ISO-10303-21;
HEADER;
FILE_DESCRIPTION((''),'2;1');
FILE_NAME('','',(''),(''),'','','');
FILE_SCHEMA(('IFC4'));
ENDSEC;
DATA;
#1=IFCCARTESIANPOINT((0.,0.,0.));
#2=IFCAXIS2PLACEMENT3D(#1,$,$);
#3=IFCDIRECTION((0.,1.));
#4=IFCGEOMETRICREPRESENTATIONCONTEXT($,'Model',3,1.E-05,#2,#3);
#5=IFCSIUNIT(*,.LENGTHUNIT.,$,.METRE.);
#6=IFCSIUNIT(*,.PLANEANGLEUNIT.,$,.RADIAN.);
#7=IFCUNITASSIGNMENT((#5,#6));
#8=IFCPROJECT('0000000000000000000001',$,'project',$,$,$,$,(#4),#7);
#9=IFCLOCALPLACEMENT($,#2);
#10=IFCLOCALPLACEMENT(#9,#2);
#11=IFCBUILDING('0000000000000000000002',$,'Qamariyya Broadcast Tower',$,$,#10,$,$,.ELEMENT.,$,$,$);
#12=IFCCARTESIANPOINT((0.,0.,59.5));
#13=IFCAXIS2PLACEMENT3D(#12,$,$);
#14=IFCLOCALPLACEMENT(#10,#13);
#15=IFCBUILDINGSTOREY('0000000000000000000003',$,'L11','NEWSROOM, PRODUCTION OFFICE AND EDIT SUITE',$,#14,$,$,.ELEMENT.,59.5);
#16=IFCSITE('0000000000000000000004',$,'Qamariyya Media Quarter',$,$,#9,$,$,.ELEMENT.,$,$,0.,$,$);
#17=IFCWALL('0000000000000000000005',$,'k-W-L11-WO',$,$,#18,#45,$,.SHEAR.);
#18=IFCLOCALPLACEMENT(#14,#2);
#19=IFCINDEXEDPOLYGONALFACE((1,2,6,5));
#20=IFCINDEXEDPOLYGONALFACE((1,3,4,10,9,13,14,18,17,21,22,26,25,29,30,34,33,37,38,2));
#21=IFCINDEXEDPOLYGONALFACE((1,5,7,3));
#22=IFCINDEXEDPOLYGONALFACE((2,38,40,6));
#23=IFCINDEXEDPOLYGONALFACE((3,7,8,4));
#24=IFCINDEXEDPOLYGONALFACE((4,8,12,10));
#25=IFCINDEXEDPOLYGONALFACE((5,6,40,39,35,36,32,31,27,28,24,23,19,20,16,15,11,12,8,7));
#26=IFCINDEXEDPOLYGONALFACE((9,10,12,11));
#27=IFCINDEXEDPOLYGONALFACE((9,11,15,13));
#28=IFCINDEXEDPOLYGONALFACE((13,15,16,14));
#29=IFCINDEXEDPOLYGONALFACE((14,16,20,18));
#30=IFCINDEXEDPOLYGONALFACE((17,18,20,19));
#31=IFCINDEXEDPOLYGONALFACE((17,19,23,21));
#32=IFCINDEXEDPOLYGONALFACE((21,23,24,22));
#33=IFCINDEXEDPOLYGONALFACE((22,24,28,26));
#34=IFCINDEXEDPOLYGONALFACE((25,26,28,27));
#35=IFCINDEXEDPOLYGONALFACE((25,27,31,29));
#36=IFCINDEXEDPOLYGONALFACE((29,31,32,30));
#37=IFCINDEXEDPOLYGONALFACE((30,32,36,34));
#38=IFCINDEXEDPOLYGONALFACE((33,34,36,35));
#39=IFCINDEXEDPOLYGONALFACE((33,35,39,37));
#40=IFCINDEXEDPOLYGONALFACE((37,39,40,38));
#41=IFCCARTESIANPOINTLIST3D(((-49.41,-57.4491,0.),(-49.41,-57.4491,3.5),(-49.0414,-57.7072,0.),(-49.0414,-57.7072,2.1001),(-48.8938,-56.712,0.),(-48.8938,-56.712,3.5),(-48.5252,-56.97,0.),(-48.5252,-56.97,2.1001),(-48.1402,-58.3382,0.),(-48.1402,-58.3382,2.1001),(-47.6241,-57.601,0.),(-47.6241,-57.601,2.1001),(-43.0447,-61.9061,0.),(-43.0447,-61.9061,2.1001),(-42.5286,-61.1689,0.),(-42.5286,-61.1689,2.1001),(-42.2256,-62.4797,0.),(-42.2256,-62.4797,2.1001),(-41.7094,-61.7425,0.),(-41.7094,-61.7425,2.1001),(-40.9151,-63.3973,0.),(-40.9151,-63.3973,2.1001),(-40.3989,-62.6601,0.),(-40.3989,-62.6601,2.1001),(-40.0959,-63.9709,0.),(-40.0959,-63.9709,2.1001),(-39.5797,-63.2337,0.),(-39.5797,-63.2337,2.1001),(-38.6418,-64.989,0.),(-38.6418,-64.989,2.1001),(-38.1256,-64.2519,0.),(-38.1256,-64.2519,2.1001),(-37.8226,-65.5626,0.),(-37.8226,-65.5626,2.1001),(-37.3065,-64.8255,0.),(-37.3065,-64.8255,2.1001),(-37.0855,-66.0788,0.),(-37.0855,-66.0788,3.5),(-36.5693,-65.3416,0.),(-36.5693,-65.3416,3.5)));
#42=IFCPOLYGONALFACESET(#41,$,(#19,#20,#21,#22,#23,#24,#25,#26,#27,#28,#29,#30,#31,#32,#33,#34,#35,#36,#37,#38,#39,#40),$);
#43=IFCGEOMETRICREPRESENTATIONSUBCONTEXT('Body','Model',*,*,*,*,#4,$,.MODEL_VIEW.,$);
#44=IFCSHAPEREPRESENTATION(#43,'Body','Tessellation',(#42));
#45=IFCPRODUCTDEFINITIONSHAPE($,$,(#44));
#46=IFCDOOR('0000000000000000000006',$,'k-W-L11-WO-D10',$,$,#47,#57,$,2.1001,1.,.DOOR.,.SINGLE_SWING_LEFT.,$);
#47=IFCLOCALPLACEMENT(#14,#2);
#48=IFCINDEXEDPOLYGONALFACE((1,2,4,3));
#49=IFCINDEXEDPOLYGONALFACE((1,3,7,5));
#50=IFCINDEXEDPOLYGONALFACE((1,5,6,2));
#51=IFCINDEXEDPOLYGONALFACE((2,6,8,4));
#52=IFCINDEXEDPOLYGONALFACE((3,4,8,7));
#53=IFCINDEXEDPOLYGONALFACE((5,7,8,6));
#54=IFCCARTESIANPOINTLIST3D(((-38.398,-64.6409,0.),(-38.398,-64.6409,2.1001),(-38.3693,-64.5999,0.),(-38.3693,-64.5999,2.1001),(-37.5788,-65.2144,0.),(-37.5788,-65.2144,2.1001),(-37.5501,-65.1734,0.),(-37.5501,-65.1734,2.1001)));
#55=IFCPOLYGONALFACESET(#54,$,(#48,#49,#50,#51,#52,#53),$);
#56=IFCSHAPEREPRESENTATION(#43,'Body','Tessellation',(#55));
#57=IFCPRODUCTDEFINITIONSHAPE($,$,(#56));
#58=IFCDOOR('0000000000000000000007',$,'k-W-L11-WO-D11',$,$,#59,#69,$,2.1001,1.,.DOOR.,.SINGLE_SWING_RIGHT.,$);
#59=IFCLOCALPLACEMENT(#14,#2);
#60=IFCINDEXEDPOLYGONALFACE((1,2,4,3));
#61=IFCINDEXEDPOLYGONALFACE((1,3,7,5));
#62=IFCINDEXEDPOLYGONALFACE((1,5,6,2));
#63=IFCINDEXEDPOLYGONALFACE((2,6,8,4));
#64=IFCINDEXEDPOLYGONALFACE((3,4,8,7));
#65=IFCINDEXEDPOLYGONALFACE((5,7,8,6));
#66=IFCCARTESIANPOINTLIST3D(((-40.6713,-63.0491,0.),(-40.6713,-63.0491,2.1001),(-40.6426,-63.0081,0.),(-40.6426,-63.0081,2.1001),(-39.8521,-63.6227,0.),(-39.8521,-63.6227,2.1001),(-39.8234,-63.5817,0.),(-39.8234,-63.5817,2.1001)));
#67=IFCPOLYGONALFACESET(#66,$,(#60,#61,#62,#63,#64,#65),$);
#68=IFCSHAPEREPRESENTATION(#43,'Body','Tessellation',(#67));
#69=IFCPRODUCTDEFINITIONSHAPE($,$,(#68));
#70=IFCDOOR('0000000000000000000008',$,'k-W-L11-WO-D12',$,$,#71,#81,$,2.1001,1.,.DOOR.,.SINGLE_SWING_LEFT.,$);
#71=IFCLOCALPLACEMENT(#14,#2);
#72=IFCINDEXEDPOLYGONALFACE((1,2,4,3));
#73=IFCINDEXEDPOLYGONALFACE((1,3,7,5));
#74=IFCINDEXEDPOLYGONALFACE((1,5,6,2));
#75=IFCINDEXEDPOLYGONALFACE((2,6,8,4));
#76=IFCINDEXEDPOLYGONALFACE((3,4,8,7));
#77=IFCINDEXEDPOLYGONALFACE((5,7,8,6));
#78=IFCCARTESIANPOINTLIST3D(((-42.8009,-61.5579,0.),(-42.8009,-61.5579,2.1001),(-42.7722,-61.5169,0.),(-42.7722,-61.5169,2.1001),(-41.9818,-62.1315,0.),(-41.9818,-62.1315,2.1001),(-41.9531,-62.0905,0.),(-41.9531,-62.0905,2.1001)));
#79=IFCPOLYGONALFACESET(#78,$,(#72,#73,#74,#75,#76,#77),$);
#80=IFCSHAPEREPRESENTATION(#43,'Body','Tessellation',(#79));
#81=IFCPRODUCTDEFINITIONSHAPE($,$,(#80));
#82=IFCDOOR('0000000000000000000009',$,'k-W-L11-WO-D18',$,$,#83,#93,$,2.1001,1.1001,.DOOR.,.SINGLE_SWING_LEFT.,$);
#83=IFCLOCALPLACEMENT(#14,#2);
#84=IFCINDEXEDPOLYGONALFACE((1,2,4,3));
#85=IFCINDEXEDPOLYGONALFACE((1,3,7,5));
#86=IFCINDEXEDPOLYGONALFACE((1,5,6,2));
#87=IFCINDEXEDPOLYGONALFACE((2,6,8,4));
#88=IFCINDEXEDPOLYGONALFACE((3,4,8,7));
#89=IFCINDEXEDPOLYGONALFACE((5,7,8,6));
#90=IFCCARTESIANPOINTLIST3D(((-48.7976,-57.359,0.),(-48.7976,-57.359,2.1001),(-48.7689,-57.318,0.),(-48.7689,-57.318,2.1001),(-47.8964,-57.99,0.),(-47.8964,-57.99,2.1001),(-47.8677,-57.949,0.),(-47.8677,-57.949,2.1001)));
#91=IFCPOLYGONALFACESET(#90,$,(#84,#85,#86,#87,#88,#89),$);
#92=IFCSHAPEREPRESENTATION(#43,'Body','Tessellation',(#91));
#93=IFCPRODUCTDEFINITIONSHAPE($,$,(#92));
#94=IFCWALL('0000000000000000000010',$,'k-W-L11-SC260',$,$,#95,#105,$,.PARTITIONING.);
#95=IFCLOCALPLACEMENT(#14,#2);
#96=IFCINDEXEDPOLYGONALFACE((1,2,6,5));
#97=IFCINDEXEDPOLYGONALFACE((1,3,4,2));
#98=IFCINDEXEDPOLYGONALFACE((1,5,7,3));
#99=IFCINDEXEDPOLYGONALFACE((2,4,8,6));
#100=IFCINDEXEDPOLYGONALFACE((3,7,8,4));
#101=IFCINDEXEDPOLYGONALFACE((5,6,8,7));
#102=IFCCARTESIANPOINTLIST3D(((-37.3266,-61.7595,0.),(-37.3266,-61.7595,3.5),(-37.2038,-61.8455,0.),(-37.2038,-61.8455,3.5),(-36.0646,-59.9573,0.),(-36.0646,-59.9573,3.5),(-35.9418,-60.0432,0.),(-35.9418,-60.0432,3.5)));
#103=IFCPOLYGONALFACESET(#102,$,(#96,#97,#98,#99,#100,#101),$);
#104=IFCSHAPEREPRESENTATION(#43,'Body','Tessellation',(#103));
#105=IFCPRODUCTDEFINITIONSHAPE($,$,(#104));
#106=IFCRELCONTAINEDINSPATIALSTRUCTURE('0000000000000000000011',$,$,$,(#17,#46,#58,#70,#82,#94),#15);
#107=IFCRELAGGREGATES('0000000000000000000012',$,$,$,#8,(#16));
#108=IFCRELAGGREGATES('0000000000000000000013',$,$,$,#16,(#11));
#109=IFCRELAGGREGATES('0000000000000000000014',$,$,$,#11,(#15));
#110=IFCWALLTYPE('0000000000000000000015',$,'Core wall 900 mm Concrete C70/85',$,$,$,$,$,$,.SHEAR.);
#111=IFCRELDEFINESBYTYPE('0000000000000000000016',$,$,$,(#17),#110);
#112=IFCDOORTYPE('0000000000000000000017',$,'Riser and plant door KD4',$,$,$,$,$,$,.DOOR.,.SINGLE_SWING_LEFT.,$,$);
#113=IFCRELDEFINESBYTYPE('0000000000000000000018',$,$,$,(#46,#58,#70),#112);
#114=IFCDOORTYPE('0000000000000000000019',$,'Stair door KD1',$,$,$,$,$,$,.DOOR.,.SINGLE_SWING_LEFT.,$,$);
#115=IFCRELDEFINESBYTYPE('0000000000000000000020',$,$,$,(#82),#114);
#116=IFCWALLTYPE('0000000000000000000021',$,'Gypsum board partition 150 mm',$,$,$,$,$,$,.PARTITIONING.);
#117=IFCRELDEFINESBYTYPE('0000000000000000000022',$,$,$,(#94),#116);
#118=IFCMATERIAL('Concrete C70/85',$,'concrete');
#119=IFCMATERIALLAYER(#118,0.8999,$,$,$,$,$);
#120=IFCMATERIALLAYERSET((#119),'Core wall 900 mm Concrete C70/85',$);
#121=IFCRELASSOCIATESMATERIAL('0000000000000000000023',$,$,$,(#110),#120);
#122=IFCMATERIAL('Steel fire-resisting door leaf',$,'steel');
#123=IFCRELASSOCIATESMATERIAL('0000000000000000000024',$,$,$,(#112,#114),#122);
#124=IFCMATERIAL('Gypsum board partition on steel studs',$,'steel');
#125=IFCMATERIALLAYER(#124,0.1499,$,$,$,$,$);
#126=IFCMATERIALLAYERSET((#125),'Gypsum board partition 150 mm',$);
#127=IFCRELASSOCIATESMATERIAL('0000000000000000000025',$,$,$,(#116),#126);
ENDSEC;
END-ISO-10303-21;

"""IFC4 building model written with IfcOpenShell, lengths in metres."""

from ifc_helpers import new_model, si_unit, direction, frame, frame_2d, origin, place, context, subcontext, project, spatial, rectangle, extrude, material, layer, layer_set, type_object, element, fill, save


model = new_model("IFC4")

# Units and contexts
model_context = context("Model", 3, precision=1e-05, world=origin(), true_north=direction((0.0, 1.0)))
body_context = subcontext(model_context, "Body", "Model", "MODEL_VIEW")
ifc_project = project(units=[si_unit("LENGTHUNIT", "METRE"), si_unit("PLANEANGLEUNIT", "RADIAN")], contexts=[model_context])

# Site, building, storey
site_placement = place(None, origin())
site = spatial("IfcSite", under=ifc_project, at=site_placement, Name="Qamariyya Media Quarter", CompositionType="ELEMENT", RefElevation=0.0)
building_placement = place(site_placement, origin())
building = spatial("IfcBuilding", under=site, at=building_placement, Name="Qamariyya Broadcast Tower", CompositionType="ELEMENT")
storey_placement = place(building_placement, frame((0.0, 0.0, 59.5)))
storey = spatial("IfcBuildingStorey", under=building, at=storey_placement, Name="L11", Description="NEWSROOM, PRODUCTION OFFICE AND EDIT SUITE", CompositionType="ELEMENT", Elevation=59.5)

# Shared definitions
ifc_material_1 = material(Name="Concrete C70/85", Category="concrete")

# Shared definitions
ifc_layer_1 = layer(ifc_material_1, 0.8999)
ifc_layer_set_1 = layer_set([ifc_layer_1], Name="Core wall 900 mm Concrete C70/85")
wall_type_1 = type_object("IfcWallType", Name="Core wall 900 mm Concrete C70/85", PredefinedType="SHEAR", material=ifc_layer_set_1)
ifc_material_2 = material(Name="Steel fire-resisting door leaf", Category="steel")

# Wall, openings, doors
wall_1_placement = place(storey_placement, frame((-36.8274, -65.7102, 0.0), z_axis=(0.0, 0.0, 1.0), x_axis=(-0.819153, 0.573575, 0.0)))
wall_1 = element("IfcWall", 1, at=wall_1_placement, inside=storey, type_object=wall_type_1, Name="k-W-L11-WO", PredefinedType="SHEAR", context=body_context, shape_type="SweptSolid", body=[
    extrude(rectangle(XDim=15.0454, YDim=0.8999, at=frame_2d((7.5227, 0.0))), origin(), (0.0, 0.0, 1.0), 3.5),
])
opening_1_placement = place(wall_1_placement, frame((0.8999, 0.0, 0.0)))
opening_1 = element("IfcOpeningElement", 2, at=opening_1_placement, cuts=wall_1, PredefinedType="OPENING", context=body_context, shape_type="SweptSolid", body=[
    extrude(rectangle(XDim=1.0, YDim=2.1001, at=frame_2d((0.5, 1.05))), frame((0.0, 0.46, 0.0), z_axis=(0.0, -1.0, 0.0), x_axis=(1.0, 0.0, 0.0)), (0.0, 0.0, 1.0), 0.9199),
])
opening_2_placement = place(wall_1_placement, frame((3.675, 0.0, 0.0)))
opening_2 = element("IfcOpeningElement", 3, at=opening_2_placement, cuts=wall_1, PredefinedType="OPENING", context=body_context, shape_type="SweptSolid", body=[
    extrude(rectangle(XDim=1.0, YDim=2.1001, at=frame_2d((0.5, 1.05))), frame((0.0, 0.46, 0.0), z_axis=(0.0, -1.0, 0.0), x_axis=(1.0, 0.0, 0.0)), (0.0, 0.0, 1.0), 0.9199),
])
opening_3_placement = place(wall_1_placement, frame((6.2749, 0.0, 0.0)))
opening_3 = element("IfcOpeningElement", 4, at=opening_3_placement, cuts=wall_1, PredefinedType="OPENING", context=body_context, shape_type="SweptSolid", body=[
    extrude(rectangle(XDim=1.0, YDim=2.1001, at=frame_2d((0.5, 1.05))), frame((0.0, 0.46, 0.0), z_axis=(0.0, -1.0, 0.0), x_axis=(1.0, 0.0, 0.0)), (0.0, 0.0, 1.0), 0.9199),
])
opening_4_placement = place(wall_1_placement, frame((13.4954, 0.0, 0.0)))
opening_4 = element("IfcOpeningElement", 5, at=opening_4_placement, cuts=wall_1, PredefinedType="OPENING", context=body_context, shape_type="SweptSolid", body=[
    extrude(rectangle(XDim=1.1001, YDim=2.1001, at=frame_2d((0.55, 1.05))), frame((0.0, 0.46, 0.0), z_axis=(0.0, -1.0, 0.0), x_axis=(1.0, 0.0, 0.0)), (0.0, 0.0, 1.0), 0.9199),
])
door_type_1 = type_object("IfcDoorType", Name="Riser and plant door KD4", OperationType="SINGLE_SWING_LEFT", PredefinedType="DOOR", material=ifc_material_2)
door_1_placement = place(opening_1_placement, origin())
door_1 = element("IfcDoor", 6, at=door_1_placement, inside=storey, type_object=door_type_1, Name="k-W-L11-WO-D10", OperationType="SINGLE_SWING_LEFT", OverallHeight=2.1001, OverallWidth=1.0, PredefinedType="DOOR", context=body_context, shape_type="SweptSolid", body=[
    extrude(rectangle(XDim=1.0, YDim=2.1001, at=frame_2d((0.5, 1.05))), frame((0.0, 0.0249, 0.0), z_axis=(0.0, -1.0, 0.0), x_axis=(1.0, 0.0, 0.0)), (0.0, 0.0, 1.0), 0.05),
])
fill(opening_1, door_1)
door_2_placement = place(opening_2_placement, origin())
door_2 = element("IfcDoor", 7, at=door_2_placement, inside=storey, type_object=door_type_1, Name="k-W-L11-WO-D11", OperationType="SINGLE_SWING_RIGHT", OverallHeight=2.1001, OverallWidth=1.0, PredefinedType="DOOR", context=body_context, shape_type="SweptSolid", body=[
    extrude(rectangle(XDim=1.0, YDim=2.1001, at=frame_2d((0.5, 1.05))), frame((0.0, 0.0249, 0.0), z_axis=(0.0, -1.0, 0.0), x_axis=(1.0, 0.0, 0.0)), (0.0, 0.0, 1.0), 0.05),
])
fill(opening_2, door_2)
door_3_placement = place(opening_3_placement, origin())
door_3 = element("IfcDoor", 8, at=door_3_placement, inside=storey, type_object=door_type_1, Name="k-W-L11-WO-D12", OperationType="SINGLE_SWING_LEFT", OverallHeight=2.1001, OverallWidth=1.0, PredefinedType="DOOR", context=body_context, shape_type="SweptSolid", body=[
    extrude(rectangle(XDim=1.0, YDim=2.1001, at=frame_2d((0.5, 1.05))), frame((0.0, 0.0249, 0.0), z_axis=(0.0, -1.0, 0.0), x_axis=(1.0, 0.0, 0.0)), (0.0, 0.0, 1.0), 0.05),
])
fill(opening_3, door_3)
door_type_2 = type_object("IfcDoorType", Name="Stair door KD1", OperationType="SINGLE_SWING_LEFT", PredefinedType="DOOR", material=ifc_material_2)
door_4_placement = place(opening_4_placement, origin())
door_4 = element("IfcDoor", 9, at=door_4_placement, inside=storey, type_object=door_type_2, Name="k-W-L11-WO-D18", OperationType="SINGLE_SWING_LEFT", OverallHeight=2.1001, OverallWidth=1.1001, PredefinedType="DOOR", context=body_context, shape_type="SweptSolid", body=[
    extrude(rectangle(XDim=1.1001, YDim=2.1001, at=frame_2d((0.55, 1.05))), frame((0.0, 0.0249, 0.0), z_axis=(0.0, -1.0, 0.0), x_axis=(1.0, 0.0, 0.0)), (0.0, 0.0, 1.0), 0.05),
])
fill(opening_4, door_4)

# Wall
ifc_material_3 = material(Name="Gypsum board partition on steel studs", Category="steel")
ifc_layer_2 = layer(ifc_material_3, 0.1499)
ifc_layer_set_2 = layer_set([ifc_layer_2], Name="Gypsum board partition 150 mm")
wall_type_2 = type_object("IfcWallType", Name="Gypsum board partition 150 mm", PredefinedType="PARTITIONING", material=ifc_layer_set_2)
wall_2_placement = place(storey_placement, frame((-36.0032, -60.0002, 0.0), z_axis=(0.0, 0.0, 1.0), x_axis=(-0.573581, -0.819149, 0.0)))
element("IfcWall", 10, at=wall_2_placement, inside=storey, type_object=wall_type_2, Name="k-W-L11-SC260", PredefinedType="PARTITIONING", context=body_context, shape_type="SweptSolid", body=[
    extrude(rectangle(XDim=2.2002, YDim=0.1499, at=frame_2d((1.1001, 0.0))), origin(), (0.0, 0.0, 1.0), 3.5),
])

save(model, "model.ifc")
